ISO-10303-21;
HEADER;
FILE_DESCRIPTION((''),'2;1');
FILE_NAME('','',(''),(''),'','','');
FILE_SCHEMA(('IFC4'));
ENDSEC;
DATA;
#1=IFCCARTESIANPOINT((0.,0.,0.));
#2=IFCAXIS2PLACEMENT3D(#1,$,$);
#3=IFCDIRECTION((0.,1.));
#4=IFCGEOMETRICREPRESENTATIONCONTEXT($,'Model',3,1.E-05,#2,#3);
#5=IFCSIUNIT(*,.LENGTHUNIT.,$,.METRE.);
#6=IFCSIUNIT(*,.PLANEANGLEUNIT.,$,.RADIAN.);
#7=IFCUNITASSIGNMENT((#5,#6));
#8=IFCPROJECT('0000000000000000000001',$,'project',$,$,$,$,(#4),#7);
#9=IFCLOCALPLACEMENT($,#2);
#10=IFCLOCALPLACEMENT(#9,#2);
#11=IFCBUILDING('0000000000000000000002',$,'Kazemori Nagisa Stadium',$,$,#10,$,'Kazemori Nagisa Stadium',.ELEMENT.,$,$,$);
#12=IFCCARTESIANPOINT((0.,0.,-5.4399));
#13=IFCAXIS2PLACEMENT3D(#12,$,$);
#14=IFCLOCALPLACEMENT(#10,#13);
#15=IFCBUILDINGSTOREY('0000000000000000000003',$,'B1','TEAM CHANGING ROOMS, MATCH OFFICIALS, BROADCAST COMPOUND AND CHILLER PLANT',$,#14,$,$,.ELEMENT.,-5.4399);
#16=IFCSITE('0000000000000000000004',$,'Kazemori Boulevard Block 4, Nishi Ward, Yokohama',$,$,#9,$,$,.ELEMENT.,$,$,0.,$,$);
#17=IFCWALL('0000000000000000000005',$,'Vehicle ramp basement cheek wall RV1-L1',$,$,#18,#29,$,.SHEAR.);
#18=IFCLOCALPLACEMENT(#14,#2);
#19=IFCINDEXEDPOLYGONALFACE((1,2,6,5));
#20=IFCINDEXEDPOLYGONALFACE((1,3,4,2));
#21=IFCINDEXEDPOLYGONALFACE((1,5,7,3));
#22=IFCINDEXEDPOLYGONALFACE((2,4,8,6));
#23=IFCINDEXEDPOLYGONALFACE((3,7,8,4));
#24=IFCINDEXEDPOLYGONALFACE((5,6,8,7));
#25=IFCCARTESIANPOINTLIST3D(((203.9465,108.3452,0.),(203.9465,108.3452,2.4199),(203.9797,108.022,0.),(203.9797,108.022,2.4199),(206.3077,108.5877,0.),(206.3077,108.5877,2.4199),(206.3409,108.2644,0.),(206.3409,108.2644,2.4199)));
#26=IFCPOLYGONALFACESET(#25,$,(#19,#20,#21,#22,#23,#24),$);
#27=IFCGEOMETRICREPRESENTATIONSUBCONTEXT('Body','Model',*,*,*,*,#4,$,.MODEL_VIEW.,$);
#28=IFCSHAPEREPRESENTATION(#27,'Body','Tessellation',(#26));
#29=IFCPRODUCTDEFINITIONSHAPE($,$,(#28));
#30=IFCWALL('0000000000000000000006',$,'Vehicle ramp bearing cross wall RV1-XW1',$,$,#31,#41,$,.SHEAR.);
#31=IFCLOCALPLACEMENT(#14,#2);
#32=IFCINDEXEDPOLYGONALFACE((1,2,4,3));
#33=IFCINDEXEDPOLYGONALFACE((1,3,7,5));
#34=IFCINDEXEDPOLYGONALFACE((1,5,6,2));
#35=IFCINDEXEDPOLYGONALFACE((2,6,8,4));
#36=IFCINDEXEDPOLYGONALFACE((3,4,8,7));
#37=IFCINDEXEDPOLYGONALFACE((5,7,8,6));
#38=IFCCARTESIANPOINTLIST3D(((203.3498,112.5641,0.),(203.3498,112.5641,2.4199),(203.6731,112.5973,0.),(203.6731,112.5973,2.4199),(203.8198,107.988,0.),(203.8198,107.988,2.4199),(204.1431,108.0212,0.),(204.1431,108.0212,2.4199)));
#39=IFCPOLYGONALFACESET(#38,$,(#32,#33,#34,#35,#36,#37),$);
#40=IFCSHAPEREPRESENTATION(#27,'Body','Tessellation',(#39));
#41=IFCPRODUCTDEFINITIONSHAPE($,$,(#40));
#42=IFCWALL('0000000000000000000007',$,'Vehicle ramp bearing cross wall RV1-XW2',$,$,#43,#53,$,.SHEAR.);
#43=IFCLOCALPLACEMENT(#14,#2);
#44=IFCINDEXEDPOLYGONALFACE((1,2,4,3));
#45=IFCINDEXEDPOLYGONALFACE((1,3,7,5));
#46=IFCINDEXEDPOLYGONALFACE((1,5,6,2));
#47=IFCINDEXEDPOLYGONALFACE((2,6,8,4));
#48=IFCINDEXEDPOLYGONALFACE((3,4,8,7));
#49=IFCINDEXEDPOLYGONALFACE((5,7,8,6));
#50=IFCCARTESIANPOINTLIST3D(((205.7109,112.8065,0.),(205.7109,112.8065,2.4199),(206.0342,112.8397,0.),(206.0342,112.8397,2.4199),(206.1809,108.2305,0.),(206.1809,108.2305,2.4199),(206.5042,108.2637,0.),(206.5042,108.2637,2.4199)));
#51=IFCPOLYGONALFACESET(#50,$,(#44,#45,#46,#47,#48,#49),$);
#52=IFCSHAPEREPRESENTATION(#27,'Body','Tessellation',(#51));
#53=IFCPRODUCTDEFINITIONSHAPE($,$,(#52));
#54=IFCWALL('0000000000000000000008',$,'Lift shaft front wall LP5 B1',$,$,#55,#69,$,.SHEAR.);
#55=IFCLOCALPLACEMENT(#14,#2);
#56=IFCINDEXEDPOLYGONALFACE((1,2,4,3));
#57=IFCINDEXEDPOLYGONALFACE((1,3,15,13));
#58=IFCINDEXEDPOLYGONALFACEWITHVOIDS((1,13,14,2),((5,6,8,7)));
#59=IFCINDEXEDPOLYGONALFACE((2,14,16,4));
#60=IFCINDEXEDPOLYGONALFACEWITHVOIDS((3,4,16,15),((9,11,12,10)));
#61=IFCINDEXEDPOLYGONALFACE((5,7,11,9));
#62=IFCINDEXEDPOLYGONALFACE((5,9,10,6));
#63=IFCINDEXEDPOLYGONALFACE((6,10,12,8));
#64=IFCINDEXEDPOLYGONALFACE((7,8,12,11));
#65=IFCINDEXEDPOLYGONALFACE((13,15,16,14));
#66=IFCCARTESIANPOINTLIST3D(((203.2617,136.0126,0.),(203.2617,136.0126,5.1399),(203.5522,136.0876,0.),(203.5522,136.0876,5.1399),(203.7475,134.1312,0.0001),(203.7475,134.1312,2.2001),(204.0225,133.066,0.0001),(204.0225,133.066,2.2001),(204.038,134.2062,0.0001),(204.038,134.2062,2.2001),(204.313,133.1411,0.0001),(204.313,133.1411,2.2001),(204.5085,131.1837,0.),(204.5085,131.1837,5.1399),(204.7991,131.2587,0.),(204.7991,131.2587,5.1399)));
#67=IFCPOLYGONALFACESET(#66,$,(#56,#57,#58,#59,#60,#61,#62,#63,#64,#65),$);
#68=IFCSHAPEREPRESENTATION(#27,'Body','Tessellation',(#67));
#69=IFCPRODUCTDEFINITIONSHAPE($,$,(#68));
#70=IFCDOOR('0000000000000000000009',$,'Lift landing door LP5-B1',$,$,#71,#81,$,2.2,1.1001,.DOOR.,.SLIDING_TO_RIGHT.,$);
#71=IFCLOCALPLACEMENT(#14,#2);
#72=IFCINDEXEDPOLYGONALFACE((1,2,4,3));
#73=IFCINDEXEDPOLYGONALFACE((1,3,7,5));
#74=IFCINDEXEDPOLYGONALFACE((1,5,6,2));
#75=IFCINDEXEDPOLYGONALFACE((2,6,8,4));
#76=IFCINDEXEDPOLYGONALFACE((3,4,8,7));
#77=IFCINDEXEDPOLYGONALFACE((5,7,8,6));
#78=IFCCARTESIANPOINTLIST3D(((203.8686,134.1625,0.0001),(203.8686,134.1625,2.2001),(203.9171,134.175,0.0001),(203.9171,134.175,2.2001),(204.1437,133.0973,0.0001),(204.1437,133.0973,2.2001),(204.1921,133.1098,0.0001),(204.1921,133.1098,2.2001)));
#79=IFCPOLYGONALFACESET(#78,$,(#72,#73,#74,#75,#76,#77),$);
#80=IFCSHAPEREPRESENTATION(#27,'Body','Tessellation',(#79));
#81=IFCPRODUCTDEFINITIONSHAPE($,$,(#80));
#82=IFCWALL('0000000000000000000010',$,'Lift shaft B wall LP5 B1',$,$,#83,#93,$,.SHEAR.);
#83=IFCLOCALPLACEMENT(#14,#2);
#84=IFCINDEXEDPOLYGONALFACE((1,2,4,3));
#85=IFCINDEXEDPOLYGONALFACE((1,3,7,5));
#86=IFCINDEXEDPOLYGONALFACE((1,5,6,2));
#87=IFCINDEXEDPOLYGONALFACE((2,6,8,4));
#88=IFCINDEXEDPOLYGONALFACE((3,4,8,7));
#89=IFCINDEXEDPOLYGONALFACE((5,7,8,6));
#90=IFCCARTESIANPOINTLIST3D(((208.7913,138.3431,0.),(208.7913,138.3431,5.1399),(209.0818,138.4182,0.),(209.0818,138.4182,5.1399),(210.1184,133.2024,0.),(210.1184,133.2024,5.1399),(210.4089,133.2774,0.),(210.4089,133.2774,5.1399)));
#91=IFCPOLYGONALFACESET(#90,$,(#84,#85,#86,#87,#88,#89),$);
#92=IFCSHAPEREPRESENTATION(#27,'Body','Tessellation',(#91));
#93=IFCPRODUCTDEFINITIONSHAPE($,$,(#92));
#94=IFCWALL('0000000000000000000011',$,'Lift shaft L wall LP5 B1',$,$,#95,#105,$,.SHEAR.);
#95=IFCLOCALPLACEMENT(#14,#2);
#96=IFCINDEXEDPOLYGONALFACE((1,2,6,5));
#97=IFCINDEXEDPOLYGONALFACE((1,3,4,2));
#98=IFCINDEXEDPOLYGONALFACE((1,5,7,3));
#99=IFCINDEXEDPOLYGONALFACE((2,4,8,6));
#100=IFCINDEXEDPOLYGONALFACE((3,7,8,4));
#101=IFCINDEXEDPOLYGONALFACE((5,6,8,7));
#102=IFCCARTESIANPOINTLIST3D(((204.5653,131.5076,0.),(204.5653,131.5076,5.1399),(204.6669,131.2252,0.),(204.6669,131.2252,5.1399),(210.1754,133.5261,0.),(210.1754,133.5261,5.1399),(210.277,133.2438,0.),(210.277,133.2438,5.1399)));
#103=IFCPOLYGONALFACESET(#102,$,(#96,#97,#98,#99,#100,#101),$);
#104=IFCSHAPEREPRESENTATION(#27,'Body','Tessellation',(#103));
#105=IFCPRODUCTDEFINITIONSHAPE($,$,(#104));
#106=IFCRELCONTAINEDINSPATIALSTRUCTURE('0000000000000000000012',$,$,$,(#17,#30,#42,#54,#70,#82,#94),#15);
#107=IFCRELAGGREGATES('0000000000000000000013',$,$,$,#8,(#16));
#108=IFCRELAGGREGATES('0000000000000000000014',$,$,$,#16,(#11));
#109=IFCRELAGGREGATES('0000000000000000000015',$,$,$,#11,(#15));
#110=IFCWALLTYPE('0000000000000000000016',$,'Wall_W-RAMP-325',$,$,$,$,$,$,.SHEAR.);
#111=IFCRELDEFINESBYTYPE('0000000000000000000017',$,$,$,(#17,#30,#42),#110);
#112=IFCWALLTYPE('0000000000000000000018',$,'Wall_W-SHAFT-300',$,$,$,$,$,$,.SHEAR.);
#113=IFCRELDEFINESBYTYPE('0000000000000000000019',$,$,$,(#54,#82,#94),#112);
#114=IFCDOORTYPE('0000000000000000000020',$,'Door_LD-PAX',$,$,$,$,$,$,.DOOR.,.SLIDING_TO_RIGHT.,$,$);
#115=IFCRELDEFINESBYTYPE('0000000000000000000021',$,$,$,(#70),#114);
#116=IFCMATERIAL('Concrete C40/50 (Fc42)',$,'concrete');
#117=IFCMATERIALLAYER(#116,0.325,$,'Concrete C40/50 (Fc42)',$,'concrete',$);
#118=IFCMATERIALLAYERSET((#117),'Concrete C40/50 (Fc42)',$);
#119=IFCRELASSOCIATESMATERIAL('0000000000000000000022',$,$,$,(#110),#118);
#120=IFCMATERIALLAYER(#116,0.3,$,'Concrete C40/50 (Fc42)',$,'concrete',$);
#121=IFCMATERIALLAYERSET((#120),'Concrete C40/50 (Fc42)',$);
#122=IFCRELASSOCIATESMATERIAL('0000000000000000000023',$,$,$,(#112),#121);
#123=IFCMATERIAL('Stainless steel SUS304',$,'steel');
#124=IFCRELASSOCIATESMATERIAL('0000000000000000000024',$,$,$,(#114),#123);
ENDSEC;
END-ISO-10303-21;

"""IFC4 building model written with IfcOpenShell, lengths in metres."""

from ifc_helpers import new_model, si_unit, direction, frame, frame_2d, origin, place, context, subcontext, project, spatial, rectangle, extrude, material, layer, layer_set, type_object, element, fill, save


model = new_model("IFC4")

# Units and contexts
model_context = context("Model", 3, precision=1e-05, world=origin(), true_north=direction((0.0, 1.0)))
body_context = subcontext(model_context, "Body", "Model", "MODEL_VIEW")
ifc_project = project(units=[si_unit("LENGTHUNIT", "METRE"), si_unit("PLANEANGLEUNIT", "RADIAN")], contexts=[model_context])

# Site, building, storey
site_placement = place(None, origin())
site = spatial("IfcSite", under=ifc_project, at=site_placement, Name="Kazemori Boulevard Block 4, Nishi Ward, Yokohama", CompositionType="ELEMENT", RefElevation=0.0)
building_placement = place(site_placement, origin())
building = spatial("IfcBuilding", under=site, at=building_placement, Name="Kazemori Nagisa Stadium", LongName="Kazemori Nagisa Stadium", CompositionType="ELEMENT")
storey_placement = place(building_placement, frame((0.0, 0.0, -5.4399)))
storey = spatial("IfcBuildingStorey", under=building, at=storey_placement, Name="B1", Description="TEAM CHANGING ROOMS, MATCH OFFICIALS, BROADCAST COMPOUND AND CHILLER PLANT", CompositionType="ELEMENT", Elevation=-5.4399)

# Shared definitions
ifc_material_1 = material(Name="Concrete C40/50 (Fc42)", Category="concrete")

# Walls
ifc_layer_1 = layer(ifc_material_1, 0.325, Name="Concrete C40/50 (Fc42)", Category="concrete")
ifc_layer_set_1 = layer_set([ifc_layer_1], Name="Concrete C40/50 (Fc42)")
wall_type_1 = type_object("IfcWallType", Name="Wall_W-RAMP-325", PredefinedType="SHEAR", material=ifc_layer_set_1)
wall_1_placement = place(storey_placement, frame((203.9631, 108.1836, 0.0), z_axis=(0.0, 0.0, 1.0), x_axis=(0.99477, 0.102141, 0.0)))
element("IfcWall", 1, at=wall_1_placement, inside=storey, type_object=wall_type_1, Name="Vehicle ramp basement cheek wall RV1-L1", PredefinedType="SHEAR", context=body_context, shape_type="SweptSolid", body=[
    extrude(rectangle(XDim=2.3735, YDim=0.325, at=frame_2d((1.1868, 0.0))), origin(), (0.0, 0.0, 1.0), 2.4199),
])
for number, where, z_axis, x_axis, name in (
    (2, (203.9814, 108.0046, 0.0), (0.0, 0.0, 1.0), (-0.102168, 0.994767, 0.0), "Vehicle ramp bearing cross wall RV1-XW1"),
    (3, (206.3425, 108.2471, 0.0), (0.0, 0.0, 1.0), (-0.102168, 0.994767, 0.0), "Vehicle ramp bearing cross wall RV1-XW2"),
):
    element("IfcWall", number, at=place(storey_placement, frame(where, z_axis=z_axis, x_axis=x_axis)), inside=storey, type_object=wall_type_1, Name=name, PredefinedType="SHEAR", context=body_context, shape_type="SweptSolid", body=[
        extrude(rectangle(XDim=4.6001, YDim=0.325, at=frame_2d((2.3, 0.0))), origin(), (0.0, 0.0, 1.0), 2.4199),
    ])

# Wall, opening, door
ifc_layer_2 = layer(ifc_material_1, 0.3, Name="Concrete C40/50 (Fc42)", Category="concrete")
ifc_layer_set_2 = layer_set([ifc_layer_2], Name="Concrete C40/50 (Fc42)")
wall_type_2 = type_object("IfcWallType", Name="Wall_W-SHAFT-300", PredefinedType="SHEAR", material=ifc_layer_set_2)
wall_2_placement = place(storey_placement, frame((204.6538, 131.2212, 0.0), z_axis=(0.0, 0.0, 1.0), x_axis=(-0.250004, 0.968245, 0.0)))
wall_2 = element("IfcWall", 4, at=wall_2_placement, inside=storey, type_object=wall_type_2, Name="Lift shaft front wall LP5 B1", PredefinedType="SHEAR", context=body_context, shape_type="SweptSolid", body=[
    extrude(rectangle(XDim=4.9873, YDim=0.3, at=frame_2d((2.4937, 0.0))), origin(), (0.0, 0.0, 1.0), 5.1399),
])
opening_1_placement = place(wall_2_placement, frame((1.9441, 0.0, 0.0)))
opening_1 = element("IfcOpeningElement", 5, at=opening_1_placement, cuts=wall_2, PredefinedType="OPENING", context=body_context, shape_type="SweptSolid", body=[
    extrude(rectangle(XDim=1.1001, YDim=2.2, at=frame_2d((0.55, 1.1001))), frame((0.0, 0.1599, 0.0), z_axis=(0.0, -1.0, 0.0), x_axis=(1.0, 0.0, 0.0)), (0.0, 0.0, 1.0), 0.3201),
])
ifc_material_2 = material(Name="Stainless steel SUS304", Category="steel")
door_type_1 = type_object("IfcDoorType", Name="Door_LD-PAX", OperationType="SLIDING_TO_RIGHT", PredefinedType="DOOR", material=ifc_material_2)
door_1_placement = place(opening_1_placement, origin())
door_1 = element("IfcDoor", 6, at=door_1_placement, inside=storey, type_object=door_type_1, Name="Lift landing door LP5-B1", OperationType="SLIDING_TO_RIGHT", OverallHeight=2.2, OverallWidth=1.1001, PredefinedType="DOOR", context=body_context, shape_type="SweptSolid", body=[
    extrude(rectangle(XDim=1.1001, YDim=2.2, at=frame_2d((0.55, 1.1001))), frame((0.0, 0.0249, 0.0), z_axis=(0.0, -1.0, 0.0), x_axis=(1.0, 0.0, 0.0)), (0.0, 0.0, 1.0), 0.05),
])
fill(opening_1, door_1)

# Walls
wall_3_placement = place(storey_placement, frame((210.2637, 133.2397, 0.0), z_axis=(0.0, 0.0, 1.0), x_axis=(-0.249961, 0.968256, 0.0)))
element("IfcWall", 7, at=wall_3_placement, inside=storey, type_object=wall_type_2, Name="Lift shaft B wall LP5 B1", PredefinedType="SHEAR", context=body_context, shape_type="SweptSolid", body=[
    extrude(rectangle(XDim=5.3093, YDim=0.3, at=frame_2d((2.6548, 0.0))), origin(), (0.0, 0.0, 1.0), 5.1399),
])
wall_4_placement = place(storey_placement, frame((204.6162, 131.3665, 0.0), z_axis=(0.0, 0.0, 1.0), x_axis=(0.940945, 0.338559, 0.0)))
element("IfcWall", 8, at=wall_4_placement, inside=storey, type_object=wall_type_2, Name="Lift shaft L wall LP5 B1", PredefinedType="SHEAR", context=body_context, shape_type="SweptSolid", body=[
    extrude(rectangle(XDim=5.9622, YDim=0.3, at=frame_2d((2.981, 0.0))), origin(), (0.0, 0.0, 1.0), 5.1399),
])

save(model, "model.ifc")
